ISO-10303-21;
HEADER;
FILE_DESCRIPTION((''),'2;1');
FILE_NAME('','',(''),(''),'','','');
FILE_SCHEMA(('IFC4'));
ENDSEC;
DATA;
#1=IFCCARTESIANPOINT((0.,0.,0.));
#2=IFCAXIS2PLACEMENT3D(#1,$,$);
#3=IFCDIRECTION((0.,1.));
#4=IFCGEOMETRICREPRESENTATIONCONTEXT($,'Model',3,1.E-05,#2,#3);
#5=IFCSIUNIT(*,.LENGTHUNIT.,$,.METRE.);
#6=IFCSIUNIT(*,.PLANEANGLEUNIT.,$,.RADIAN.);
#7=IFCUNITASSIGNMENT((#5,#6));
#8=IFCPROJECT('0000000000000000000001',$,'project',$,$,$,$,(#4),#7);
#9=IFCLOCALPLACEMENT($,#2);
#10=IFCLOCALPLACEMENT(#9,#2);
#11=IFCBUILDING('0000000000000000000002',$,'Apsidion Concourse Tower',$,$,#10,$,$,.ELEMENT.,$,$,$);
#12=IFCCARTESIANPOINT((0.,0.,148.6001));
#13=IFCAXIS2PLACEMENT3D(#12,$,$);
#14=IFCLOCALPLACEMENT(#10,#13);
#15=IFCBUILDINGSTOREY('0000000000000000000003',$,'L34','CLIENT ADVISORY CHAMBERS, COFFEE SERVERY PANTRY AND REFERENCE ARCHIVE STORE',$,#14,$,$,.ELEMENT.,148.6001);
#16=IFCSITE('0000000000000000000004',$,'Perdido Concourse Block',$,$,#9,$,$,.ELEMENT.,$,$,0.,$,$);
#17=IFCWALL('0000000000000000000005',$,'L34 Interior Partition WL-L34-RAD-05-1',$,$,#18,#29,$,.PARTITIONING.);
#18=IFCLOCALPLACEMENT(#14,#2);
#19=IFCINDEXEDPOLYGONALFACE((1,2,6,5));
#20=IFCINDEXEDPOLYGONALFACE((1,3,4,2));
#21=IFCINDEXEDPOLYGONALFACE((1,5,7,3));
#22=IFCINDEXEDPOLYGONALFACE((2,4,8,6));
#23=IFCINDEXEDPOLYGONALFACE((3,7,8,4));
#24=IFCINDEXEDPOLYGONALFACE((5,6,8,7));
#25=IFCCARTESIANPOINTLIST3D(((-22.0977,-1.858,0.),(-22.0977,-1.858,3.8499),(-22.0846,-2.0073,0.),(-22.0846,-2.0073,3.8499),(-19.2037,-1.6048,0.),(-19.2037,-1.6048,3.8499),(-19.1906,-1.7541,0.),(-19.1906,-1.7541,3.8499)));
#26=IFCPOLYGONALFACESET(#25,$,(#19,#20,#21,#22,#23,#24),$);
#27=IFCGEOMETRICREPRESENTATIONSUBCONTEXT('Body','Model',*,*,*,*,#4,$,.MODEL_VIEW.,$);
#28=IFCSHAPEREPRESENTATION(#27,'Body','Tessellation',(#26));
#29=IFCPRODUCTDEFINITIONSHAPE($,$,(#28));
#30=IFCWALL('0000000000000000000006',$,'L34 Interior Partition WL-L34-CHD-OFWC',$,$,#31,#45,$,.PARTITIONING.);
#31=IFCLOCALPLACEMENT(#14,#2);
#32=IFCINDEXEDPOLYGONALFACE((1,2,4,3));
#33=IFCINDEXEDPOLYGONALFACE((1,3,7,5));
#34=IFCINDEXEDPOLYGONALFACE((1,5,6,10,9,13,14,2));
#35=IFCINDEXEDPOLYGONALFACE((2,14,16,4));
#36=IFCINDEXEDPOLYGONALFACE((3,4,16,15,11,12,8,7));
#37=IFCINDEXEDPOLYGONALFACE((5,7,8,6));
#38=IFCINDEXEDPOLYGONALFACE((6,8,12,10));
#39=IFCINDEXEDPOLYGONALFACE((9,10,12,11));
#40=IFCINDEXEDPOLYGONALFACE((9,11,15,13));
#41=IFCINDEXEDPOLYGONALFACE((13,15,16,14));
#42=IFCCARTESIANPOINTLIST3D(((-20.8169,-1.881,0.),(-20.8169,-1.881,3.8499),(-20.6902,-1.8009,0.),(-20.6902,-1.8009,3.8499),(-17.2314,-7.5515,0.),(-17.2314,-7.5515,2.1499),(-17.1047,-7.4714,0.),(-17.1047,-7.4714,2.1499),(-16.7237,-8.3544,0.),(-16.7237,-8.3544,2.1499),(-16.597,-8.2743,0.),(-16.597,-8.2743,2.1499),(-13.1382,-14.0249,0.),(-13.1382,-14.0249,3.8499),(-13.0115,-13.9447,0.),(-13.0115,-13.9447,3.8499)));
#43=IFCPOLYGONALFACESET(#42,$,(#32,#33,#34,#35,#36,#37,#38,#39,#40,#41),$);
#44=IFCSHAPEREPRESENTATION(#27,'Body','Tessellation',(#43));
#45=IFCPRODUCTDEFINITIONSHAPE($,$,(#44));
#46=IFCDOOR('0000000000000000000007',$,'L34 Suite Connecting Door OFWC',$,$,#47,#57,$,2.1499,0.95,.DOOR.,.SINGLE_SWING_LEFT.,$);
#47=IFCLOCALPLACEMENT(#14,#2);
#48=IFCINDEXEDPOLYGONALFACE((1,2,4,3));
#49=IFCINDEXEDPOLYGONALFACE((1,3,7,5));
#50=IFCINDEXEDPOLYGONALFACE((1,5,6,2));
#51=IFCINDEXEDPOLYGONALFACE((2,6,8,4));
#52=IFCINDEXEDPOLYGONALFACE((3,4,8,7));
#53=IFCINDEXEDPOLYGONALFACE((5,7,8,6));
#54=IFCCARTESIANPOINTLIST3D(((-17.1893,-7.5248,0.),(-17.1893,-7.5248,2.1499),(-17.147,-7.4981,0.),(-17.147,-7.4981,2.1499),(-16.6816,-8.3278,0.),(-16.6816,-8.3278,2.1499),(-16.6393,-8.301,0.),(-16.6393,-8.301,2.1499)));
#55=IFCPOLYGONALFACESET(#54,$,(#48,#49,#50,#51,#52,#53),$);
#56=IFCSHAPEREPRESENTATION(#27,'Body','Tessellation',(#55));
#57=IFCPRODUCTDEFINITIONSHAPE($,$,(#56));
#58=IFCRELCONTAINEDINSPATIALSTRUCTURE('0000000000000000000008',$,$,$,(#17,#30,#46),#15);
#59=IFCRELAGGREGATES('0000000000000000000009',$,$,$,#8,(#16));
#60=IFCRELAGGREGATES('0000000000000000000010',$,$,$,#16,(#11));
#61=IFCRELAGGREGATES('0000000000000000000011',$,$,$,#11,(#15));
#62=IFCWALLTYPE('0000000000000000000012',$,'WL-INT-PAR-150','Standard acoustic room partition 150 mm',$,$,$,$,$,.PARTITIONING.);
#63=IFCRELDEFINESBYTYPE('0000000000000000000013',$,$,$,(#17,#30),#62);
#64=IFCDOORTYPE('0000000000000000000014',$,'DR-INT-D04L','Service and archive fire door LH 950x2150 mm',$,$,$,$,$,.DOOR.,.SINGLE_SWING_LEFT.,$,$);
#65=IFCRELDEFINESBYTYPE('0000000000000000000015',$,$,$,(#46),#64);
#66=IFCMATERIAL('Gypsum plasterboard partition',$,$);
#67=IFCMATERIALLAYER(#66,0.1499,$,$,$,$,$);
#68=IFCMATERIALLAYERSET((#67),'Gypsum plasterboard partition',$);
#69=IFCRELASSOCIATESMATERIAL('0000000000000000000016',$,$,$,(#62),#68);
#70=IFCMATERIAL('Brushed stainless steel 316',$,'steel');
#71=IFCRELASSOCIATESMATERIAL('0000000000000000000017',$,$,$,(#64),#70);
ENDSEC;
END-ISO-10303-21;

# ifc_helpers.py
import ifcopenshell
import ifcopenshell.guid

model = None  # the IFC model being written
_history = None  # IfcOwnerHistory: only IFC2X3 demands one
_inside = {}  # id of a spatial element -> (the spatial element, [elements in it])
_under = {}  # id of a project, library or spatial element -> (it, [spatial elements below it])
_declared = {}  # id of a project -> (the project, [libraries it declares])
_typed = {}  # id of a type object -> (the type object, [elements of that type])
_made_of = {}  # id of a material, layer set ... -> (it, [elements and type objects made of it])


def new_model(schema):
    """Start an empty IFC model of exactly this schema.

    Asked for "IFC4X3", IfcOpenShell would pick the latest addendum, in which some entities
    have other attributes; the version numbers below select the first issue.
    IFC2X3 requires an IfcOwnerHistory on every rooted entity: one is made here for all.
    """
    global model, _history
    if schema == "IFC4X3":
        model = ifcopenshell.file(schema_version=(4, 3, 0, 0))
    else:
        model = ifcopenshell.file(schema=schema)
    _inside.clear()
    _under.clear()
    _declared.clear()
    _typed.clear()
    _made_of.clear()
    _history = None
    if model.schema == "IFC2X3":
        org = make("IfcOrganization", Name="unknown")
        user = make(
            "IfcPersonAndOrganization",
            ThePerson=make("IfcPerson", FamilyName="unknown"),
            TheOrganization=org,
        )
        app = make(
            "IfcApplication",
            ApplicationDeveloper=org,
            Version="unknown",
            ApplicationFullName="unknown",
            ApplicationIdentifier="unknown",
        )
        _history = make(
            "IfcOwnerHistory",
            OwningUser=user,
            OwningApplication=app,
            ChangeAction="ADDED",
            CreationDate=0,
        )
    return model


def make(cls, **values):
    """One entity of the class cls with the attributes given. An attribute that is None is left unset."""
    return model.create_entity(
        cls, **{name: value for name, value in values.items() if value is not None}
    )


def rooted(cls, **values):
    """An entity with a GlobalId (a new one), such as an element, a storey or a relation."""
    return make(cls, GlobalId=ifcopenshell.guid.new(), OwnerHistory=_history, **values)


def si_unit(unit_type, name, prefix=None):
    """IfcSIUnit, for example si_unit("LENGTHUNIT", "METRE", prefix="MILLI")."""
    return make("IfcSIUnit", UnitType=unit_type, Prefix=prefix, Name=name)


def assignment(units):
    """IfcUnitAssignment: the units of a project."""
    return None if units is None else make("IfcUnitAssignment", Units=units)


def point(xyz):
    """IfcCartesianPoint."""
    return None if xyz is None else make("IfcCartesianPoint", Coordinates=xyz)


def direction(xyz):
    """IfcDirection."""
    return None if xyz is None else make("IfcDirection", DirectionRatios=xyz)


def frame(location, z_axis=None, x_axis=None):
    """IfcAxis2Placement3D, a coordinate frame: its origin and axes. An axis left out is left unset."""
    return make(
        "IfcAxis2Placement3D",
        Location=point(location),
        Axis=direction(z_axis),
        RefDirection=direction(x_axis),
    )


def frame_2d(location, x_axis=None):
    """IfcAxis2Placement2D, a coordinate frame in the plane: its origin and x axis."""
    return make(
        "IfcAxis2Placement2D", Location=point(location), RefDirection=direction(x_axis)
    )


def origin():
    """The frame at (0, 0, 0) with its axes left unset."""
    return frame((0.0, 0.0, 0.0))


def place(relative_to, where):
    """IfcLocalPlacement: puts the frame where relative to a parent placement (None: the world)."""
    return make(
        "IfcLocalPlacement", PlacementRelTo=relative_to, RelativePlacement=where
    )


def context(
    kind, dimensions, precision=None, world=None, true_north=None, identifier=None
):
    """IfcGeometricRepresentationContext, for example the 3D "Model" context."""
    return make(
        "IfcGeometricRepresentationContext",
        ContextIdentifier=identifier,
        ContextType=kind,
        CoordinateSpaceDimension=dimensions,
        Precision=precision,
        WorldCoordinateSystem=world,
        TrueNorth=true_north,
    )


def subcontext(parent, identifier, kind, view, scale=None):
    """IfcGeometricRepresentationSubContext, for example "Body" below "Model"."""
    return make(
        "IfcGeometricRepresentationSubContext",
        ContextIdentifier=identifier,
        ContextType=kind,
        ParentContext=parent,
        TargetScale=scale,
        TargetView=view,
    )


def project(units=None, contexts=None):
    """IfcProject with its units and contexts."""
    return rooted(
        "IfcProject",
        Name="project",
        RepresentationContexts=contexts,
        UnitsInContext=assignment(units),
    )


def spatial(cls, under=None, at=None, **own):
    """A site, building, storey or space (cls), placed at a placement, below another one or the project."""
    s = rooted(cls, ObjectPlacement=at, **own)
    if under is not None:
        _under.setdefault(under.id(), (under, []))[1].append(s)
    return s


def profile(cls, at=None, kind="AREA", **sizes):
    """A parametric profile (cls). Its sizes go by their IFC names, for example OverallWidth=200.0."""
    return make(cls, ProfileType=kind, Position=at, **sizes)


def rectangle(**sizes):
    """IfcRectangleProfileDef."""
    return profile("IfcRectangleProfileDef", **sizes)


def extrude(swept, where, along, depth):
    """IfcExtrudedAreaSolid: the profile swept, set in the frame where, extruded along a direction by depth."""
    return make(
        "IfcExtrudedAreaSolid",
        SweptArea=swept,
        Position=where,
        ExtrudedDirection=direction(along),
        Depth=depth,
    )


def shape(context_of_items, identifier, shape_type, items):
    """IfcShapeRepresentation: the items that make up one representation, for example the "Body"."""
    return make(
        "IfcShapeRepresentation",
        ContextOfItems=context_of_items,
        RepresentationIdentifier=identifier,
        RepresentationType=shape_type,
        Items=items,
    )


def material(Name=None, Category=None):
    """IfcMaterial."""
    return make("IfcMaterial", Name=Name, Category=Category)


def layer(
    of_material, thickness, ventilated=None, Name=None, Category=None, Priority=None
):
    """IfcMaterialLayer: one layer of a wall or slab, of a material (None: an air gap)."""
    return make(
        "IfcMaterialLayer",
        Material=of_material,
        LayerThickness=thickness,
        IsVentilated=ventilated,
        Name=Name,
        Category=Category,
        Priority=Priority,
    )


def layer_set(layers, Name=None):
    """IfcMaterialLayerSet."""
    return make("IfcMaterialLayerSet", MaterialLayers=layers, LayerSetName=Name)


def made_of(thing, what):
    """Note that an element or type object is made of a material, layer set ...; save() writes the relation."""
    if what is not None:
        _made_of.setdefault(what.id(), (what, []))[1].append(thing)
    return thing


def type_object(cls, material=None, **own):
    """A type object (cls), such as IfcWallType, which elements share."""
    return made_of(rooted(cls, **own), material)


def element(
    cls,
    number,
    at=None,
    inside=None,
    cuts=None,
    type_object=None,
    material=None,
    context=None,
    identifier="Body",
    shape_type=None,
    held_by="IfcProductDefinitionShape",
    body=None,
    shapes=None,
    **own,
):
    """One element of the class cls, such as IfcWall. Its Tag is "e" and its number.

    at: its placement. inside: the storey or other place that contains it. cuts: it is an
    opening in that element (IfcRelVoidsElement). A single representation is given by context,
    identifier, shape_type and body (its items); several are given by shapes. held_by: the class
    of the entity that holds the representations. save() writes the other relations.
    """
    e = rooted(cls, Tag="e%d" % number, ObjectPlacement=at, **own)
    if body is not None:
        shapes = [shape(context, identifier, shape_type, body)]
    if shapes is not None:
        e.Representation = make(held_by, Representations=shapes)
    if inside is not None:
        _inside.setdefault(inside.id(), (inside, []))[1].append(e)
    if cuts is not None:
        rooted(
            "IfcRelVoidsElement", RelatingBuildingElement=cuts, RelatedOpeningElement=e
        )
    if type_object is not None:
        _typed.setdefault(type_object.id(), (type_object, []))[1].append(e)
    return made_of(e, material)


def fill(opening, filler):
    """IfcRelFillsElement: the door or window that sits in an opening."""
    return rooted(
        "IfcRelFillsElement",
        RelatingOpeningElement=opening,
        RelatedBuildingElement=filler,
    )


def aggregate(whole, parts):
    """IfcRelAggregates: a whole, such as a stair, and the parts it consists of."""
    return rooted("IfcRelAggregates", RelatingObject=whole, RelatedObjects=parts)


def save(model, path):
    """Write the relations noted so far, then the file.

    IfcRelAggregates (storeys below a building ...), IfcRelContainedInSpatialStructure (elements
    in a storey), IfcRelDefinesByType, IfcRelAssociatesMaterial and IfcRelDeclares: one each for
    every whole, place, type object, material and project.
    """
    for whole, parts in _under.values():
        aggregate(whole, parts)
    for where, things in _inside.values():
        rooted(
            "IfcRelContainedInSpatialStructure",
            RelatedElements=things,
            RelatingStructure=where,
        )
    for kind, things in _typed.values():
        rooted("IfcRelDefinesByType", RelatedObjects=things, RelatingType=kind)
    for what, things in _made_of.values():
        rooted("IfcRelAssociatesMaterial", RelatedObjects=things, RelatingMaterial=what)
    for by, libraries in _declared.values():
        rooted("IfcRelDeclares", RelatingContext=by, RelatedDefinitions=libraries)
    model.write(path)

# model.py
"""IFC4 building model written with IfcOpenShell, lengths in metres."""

from ifc_helpers import new_model, si_unit, direction, frame, frame_2d, origin, place, context, subcontext, project, spatial, rectangle, extrude, material, layer, layer_set, type_object, element, fill, save


model = new_model("IFC4")

# Units and contexts
model_context = context("Model", 3, precision=1e-05, world=origin(), true_north=direction((0.0, 1.0)))
body_context = subcontext(model_context, "Body", "Model", "MODEL_VIEW")
ifc_project = project(units=[si_unit("LENGTHUNIT", "METRE"), si_unit("PLANEANGLEUNIT", "RADIAN")], contexts=[model_context])

# Site, building, storey
site_placement = place(None, origin())
site = spatial("IfcSite", under=ifc_project, at=site_placement, Name="Perdido Concourse Block", CompositionType="ELEMENT", RefElevation=0.0)
building_placement = place(site_placement, origin())
building = spatial("IfcBuilding", under=site, at=building_placement, Name="Apsidion Concourse Tower", CompositionType="ELEMENT")
storey_placement = place(building_placement, frame((0.0, 0.0, 148.6001)))
storey = spatial("IfcBuildingStorey", under=building, at=storey_placement, Name="L34", Description="CLIENT ADVISORY CHAMBERS, COFFEE SERVERY PANTRY AND REFERENCE ARCHIVE STORE", CompositionType="ELEMENT", Elevation=148.6001)

# Shared definitions
ifc_material_1 = material(Name="Gypsum plasterboard partition")

# Wall
ifc_layer_1 = layer(ifc_material_1, 0.1499)
ifc_layer_set_1 = layer_set([ifc_layer_1], Name="Gypsum plasterboard partition")
wall_type_1 = type_object("IfcWallType", Name="WL-INT-PAR-150", Description="Standard acoustic room partition 150 mm", PredefinedType="PARTITIONING", material=ifc_layer_set_1)
wall_1_placement = place(storey_placement, frame((-19.197, -1.6794, 0.0), z_axis=(0.0, 0.0, 1.0), x_axis=(-0.996195, -0.087148, 0.0)))
element("IfcWall", 1, at=wall_1_placement, inside=storey, type_object=wall_type_1, Name="L34 Interior Partition WL-L34-RAD-05-1", PredefinedType="PARTITIONING", context=body_context, shape_type="SweptSolid", body=[
    extrude(rectangle(XDim=2.905, YDim=0.1499, at=frame_2d((1.4526, 0.0))), origin(), (0.0, 0.0, 1.0), 3.8499),
])

# Wall, opening, door
wall_2_placement = place(storey_placement, frame((-20.7537, -1.8408, 0.0), z_axis=(0.0, 0.0, 1.0), x_axis=(0.534438, -0.845208, 0.0)))
wall_2 = element("IfcWall", 2, at=wall_2_placement, inside=storey, type_object=wall_type_1, Name="L34 Interior Partition WL-L34-CHD-OFWC", PredefinedType="PARTITIONING", context=body_context, shape_type="SweptSolid", body=[
    extrude(rectangle(XDim=14.3679, YDim=0.1499, at=frame_2d((7.1841, 0.0))), origin(), (0.0, 0.0, 1.0), 3.8499),
])
opening_1_placement = place(wall_2_placement, frame((6.709, 0.0, 0.0)))
opening_1 = element("IfcOpeningElement", 3, at=opening_1_placement, cuts=wall_2, PredefinedType="OPENING", context=body_context, shape_type="SweptSolid", body=[
    extrude(rectangle(XDim=0.95, YDim=2.1499, at=frame_2d((0.4751, 1.075))), frame((0.0, 0.085, 0.0), z_axis=(0.0, -1.0, 0.0), x_axis=(1.0, 0.0, 0.0)), (0.0, 0.0, 1.0), 0.1699),
])
ifc_material_2 = material(Name="Brushed stainless steel 316", Category="steel")
door_type_1 = type_object("IfcDoorType", Name="DR-INT-D04L", Description="Service and archive fire door LH 950x2150 mm", OperationType="SINGLE_SWING_LEFT", PredefinedType="DOOR", material=ifc_material_2)
door_1_placement = place(opening_1_placement, origin())
door_1 = element("IfcDoor", 4, at=door_1_placement, inside=storey, type_object=door_type_1, Name="L34 Suite Connecting Door OFWC", OperationType="SINGLE_SWING_LEFT", OverallHeight=2.1499, OverallWidth=0.95, PredefinedType="DOOR", context=body_context, shape_type="SweptSolid", body=[
    extrude(rectangle(XDim=0.95, YDim=2.1499, at=frame_2d((0.4751, 1.075))), frame((0.0, 0.0249, 0.0), z_axis=(0.0, -1.0, 0.0), x_axis=(1.0, 0.0, 0.0)), (0.0, 0.0, 1.0), 0.05),
])
fill(opening_1, door_1)

save(model, "model.ifc")
